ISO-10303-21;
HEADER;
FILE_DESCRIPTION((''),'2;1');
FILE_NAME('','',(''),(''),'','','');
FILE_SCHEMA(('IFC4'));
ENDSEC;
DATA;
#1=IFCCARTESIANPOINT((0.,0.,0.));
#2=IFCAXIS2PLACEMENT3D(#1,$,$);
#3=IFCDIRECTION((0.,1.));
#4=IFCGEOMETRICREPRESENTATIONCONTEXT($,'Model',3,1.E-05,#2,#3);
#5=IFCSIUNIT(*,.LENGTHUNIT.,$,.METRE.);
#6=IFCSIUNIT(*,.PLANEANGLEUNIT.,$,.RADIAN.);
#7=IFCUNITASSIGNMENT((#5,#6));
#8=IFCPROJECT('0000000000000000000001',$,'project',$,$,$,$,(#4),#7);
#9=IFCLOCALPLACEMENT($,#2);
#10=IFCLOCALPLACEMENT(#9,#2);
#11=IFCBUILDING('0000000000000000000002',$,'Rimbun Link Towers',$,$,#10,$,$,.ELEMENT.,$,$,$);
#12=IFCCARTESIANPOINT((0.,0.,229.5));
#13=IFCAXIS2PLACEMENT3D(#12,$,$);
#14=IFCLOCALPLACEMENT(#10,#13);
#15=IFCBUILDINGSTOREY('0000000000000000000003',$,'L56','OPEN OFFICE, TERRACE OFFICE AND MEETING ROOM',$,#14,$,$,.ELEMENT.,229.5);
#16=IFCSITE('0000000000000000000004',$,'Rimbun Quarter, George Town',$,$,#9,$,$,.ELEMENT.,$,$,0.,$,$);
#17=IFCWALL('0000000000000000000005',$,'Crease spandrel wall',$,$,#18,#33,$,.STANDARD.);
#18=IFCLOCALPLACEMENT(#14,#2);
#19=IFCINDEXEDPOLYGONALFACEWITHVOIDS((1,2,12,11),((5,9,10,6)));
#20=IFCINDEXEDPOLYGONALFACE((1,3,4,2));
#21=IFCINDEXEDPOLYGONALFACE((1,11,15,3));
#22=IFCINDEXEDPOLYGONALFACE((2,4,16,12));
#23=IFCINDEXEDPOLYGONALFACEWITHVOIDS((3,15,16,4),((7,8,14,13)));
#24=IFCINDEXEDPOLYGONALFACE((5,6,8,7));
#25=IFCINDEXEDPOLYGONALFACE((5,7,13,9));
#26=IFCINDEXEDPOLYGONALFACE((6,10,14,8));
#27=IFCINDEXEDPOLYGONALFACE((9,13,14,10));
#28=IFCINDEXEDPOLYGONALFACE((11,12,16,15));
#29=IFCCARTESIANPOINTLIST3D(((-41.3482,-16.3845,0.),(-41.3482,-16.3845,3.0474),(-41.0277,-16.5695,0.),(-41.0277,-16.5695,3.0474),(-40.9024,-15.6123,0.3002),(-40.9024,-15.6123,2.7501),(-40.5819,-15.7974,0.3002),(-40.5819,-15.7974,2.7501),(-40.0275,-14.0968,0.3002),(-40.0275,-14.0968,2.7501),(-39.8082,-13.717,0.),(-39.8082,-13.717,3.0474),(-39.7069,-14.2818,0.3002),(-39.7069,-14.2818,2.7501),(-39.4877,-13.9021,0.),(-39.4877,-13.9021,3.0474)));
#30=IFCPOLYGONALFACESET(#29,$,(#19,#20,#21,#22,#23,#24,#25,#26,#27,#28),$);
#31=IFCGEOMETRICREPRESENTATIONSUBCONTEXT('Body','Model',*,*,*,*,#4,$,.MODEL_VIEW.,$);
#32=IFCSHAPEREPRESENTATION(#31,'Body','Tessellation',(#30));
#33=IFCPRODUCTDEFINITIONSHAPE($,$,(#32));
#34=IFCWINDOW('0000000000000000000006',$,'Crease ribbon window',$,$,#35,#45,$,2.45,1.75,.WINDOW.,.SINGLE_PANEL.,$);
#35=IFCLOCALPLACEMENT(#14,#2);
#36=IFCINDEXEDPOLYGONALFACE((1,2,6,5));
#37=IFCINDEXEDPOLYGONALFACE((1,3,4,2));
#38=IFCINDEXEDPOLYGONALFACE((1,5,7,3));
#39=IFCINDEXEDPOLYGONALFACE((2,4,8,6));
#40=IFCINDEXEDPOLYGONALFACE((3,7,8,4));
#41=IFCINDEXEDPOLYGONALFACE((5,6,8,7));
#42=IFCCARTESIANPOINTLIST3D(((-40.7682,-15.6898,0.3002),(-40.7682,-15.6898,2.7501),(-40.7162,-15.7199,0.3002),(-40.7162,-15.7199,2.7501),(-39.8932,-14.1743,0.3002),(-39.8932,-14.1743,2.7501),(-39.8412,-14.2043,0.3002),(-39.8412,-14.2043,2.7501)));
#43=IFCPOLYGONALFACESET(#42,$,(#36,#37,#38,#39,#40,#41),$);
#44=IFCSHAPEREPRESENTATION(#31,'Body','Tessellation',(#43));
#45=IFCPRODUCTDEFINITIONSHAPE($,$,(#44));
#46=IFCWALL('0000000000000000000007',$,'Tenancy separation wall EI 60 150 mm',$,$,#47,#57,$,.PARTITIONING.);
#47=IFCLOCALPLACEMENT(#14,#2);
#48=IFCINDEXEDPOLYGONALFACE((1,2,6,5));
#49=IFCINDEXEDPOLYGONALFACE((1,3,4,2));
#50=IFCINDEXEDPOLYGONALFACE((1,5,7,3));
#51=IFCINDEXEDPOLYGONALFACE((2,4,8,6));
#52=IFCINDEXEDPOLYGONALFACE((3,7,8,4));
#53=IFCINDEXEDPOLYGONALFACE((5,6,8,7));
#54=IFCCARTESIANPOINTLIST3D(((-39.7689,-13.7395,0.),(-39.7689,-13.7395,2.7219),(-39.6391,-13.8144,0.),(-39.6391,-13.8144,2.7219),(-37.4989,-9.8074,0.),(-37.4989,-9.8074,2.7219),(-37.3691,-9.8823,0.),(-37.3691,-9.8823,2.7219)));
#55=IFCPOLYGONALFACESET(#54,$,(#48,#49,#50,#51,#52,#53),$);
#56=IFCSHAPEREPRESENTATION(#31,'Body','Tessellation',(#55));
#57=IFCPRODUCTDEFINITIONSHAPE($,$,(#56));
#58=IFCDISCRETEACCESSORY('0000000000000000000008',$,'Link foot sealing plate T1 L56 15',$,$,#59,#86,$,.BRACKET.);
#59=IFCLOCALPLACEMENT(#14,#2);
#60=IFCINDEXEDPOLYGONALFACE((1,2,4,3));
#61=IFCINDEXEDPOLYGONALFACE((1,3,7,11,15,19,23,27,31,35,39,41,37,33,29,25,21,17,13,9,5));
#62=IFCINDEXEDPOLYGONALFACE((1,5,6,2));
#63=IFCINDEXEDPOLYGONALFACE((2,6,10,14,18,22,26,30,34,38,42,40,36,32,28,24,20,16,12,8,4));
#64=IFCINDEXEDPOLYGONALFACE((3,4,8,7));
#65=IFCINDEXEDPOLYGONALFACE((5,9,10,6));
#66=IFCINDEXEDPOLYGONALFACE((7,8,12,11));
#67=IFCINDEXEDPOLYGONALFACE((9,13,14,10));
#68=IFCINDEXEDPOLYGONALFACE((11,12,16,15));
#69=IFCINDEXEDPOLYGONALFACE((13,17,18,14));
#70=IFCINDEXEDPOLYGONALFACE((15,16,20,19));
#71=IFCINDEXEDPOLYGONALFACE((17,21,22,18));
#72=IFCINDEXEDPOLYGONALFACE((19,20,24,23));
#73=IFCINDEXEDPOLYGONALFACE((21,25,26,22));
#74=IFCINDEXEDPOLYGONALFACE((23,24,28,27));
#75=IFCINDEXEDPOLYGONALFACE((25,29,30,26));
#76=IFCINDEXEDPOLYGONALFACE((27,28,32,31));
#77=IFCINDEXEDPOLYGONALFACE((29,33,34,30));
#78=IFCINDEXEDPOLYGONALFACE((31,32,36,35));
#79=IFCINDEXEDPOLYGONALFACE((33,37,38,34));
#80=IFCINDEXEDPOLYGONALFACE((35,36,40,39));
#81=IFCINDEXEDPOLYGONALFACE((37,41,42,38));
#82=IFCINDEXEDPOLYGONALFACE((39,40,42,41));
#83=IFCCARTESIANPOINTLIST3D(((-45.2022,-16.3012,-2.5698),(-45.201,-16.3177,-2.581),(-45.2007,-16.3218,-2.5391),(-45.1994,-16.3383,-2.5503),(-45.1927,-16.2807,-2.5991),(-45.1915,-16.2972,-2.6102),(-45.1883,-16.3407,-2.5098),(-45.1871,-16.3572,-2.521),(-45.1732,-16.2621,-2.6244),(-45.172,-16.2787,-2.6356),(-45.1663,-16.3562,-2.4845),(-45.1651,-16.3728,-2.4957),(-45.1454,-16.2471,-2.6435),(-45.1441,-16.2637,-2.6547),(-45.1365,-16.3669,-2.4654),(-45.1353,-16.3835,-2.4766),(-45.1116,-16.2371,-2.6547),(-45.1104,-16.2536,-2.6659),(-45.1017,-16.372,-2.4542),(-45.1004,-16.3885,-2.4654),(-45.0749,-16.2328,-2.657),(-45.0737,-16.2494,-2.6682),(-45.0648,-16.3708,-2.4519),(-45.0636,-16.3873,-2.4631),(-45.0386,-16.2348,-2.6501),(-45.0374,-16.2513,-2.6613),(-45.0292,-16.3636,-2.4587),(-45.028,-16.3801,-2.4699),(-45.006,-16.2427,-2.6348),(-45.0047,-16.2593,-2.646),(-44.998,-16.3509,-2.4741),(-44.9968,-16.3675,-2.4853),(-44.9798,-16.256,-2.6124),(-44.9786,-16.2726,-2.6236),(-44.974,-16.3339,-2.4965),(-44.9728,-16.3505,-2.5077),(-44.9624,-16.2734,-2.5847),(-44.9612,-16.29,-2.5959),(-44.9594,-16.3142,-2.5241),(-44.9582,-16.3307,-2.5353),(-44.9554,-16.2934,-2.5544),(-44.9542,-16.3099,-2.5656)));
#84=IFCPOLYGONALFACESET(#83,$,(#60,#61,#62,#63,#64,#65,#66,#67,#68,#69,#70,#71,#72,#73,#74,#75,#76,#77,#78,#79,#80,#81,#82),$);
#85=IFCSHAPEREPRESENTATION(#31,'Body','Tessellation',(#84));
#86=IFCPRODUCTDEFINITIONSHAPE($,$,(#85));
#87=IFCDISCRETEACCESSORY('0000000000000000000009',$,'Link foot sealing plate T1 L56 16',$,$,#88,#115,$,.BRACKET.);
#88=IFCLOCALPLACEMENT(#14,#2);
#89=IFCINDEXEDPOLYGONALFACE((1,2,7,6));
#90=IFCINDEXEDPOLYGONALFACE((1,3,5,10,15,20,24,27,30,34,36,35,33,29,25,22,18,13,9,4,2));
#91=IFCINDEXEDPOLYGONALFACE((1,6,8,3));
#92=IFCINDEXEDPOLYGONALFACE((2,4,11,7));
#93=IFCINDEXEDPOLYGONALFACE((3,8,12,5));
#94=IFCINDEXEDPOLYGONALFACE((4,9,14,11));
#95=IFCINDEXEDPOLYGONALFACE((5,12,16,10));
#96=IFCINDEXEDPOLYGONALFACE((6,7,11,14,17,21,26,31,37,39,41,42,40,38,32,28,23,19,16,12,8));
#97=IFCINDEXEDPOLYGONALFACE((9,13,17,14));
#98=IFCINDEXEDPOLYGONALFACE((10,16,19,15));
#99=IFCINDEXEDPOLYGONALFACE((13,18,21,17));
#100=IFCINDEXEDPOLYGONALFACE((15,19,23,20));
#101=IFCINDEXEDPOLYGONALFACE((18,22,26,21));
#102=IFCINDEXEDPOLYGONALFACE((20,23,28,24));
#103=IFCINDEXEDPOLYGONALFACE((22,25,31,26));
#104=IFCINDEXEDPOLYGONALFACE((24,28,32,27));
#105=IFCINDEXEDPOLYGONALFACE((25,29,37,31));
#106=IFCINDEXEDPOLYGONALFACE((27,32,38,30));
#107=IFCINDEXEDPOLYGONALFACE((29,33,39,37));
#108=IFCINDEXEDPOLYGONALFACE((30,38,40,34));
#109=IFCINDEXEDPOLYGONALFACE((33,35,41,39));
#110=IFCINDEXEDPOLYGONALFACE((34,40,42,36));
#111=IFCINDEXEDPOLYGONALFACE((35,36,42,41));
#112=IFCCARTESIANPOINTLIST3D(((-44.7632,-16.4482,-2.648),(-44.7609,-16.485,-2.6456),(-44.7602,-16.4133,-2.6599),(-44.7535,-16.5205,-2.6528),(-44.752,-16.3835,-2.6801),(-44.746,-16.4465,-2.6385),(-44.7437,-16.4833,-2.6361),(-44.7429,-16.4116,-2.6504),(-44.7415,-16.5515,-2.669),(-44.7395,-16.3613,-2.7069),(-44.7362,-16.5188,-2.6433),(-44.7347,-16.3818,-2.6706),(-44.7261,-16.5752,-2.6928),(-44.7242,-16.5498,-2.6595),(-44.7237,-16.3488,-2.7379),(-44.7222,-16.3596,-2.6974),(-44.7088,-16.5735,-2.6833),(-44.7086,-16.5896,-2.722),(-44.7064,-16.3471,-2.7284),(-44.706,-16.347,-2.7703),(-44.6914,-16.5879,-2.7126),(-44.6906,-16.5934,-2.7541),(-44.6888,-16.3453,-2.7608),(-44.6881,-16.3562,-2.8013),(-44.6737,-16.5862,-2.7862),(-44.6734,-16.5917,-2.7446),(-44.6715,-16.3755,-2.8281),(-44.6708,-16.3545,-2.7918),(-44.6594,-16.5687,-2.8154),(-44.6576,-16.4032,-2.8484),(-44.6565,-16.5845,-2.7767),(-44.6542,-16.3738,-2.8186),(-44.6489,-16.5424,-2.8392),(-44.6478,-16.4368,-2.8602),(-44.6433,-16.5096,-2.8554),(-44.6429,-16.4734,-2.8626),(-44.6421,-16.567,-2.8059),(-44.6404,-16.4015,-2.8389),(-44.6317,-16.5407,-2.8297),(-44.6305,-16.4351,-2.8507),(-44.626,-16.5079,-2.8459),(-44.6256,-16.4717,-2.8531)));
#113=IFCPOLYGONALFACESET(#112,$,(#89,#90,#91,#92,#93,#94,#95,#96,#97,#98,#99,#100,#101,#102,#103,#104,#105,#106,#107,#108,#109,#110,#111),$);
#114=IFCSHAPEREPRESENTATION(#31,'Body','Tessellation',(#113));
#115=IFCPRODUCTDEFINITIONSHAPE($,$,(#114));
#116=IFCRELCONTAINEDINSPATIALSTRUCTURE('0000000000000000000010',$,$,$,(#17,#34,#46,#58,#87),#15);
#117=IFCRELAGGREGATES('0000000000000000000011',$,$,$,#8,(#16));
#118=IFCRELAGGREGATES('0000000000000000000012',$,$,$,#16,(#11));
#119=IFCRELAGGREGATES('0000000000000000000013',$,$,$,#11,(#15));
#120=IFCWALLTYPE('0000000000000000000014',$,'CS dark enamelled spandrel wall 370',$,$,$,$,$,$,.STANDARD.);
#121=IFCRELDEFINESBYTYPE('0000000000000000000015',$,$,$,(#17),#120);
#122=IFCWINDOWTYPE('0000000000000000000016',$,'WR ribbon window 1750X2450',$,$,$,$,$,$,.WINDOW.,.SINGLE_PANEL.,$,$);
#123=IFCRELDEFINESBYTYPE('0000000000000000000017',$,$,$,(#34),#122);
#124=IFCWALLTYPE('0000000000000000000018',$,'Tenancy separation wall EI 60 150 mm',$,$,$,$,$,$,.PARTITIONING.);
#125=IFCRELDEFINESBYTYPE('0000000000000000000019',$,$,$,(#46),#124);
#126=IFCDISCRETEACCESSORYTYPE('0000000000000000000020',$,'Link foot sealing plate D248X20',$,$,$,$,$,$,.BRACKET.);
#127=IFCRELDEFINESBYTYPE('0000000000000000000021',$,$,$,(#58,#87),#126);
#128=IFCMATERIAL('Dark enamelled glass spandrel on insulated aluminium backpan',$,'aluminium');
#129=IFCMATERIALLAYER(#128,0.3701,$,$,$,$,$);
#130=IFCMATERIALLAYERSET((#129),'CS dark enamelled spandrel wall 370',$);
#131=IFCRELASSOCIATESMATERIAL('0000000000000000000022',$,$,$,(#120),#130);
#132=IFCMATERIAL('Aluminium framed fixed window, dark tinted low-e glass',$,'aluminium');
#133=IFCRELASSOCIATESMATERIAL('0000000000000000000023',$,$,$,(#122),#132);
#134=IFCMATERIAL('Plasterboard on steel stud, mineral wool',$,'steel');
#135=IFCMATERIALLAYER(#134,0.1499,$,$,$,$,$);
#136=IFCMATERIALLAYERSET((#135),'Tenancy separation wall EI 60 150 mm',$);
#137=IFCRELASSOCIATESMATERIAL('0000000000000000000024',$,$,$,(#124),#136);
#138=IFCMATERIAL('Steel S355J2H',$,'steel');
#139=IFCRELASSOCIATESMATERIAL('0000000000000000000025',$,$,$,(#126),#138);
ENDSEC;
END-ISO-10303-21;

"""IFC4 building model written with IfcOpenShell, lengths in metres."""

from ifc_helpers import new_model, si_unit, direction, frame, frame_2d, origin, origin_2d, place, context, subcontext, project, spatial, rectangle, circle, extrude, material, layer, layer_set, material_profile, profile_set, type_object, element, fill, save


model = new_model("IFC4")

# Units and contexts
model_context = context("Model", 3, precision=1e-05, world=origin(), true_north=direction((0.0, 1.0)))
body_context = subcontext(model_context, "Body", "Model", "MODEL_VIEW")
ifc_project = project(units=[si_unit("LENGTHUNIT", "METRE"), si_unit("PLANEANGLEUNIT", "RADIAN")], contexts=[model_context])

# Site, building, storey
site_placement = place(None, origin())
site = spatial("IfcSite", under=ifc_project, at=site_placement, Name="Rimbun Quarter, George Town", CompositionType="ELEMENT", RefElevation=0.0)
building_placement = place(site_placement, origin())
building = spatial("IfcBuilding", under=site, at=building_placement, Name="Rimbun Link Towers", CompositionType="ELEMENT")
storey_placement = place(building_placement, frame((0.0, 0.0, 229.5)))
storey = spatial("IfcBuildingStorey", under=building, at=storey_placement, Name="L56", Description="OPEN OFFICE, TERRACE OFFICE AND MEETING ROOM", CompositionType="ELEMENT", Elevation=229.5)

# Wall, opening, window
ifc_material_1 = material(Name="Dark enamelled glass spandrel on insulated aluminium backpan", Category="aluminium")
ifc_layer_1 = layer(ifc_material_1, 0.3701)
ifc_layer_set_1 = layer_set([ifc_layer_1], Name="CS dark enamelled spandrel wall 370")
wall_type_1 = type_object("IfcWallType", Name="CS dark enamelled spandrel wall 370", PredefinedType="STANDARD", material=ifc_layer_set_1)
wall_1_placement = place(storey_placement, frame((-39.6479, -13.8096, 0.0), z_axis=(0.0, 0.0, 1.0), x_axis=(-0.499992, -0.86603, 0.0)))
wall_1 = element("IfcWall", 1, at=wall_1_placement, inside=storey, type_object=wall_type_1, Name="Crease spandrel wall", PredefinedType="STANDARD", context=body_context, shape_type="SweptSolid", body=[
    extrude(rectangle(XDim=3.0801, YDim=0.3701, at=frame_2d((1.54, 0.0))), origin(), (0.0, 0.0, 1.0), 3.0474),
])
opening_1_placement = place(wall_1_placement, frame((0.4385, 0.0, 0.3)))
opening_1 = element("IfcOpeningElement", 2, at=opening_1_placement, cuts=wall_1, PredefinedType="OPENING", context=body_context, shape_type="SweptSolid", body=[
    extrude(rectangle(XDim=1.75, YDim=2.45, at=frame_2d((0.875, 1.2251))), frame((0.0, 0.1951, 0.0), z_axis=(0.0, -1.0, 0.0), x_axis=(1.0, 0.0, 0.0)), (0.0, 0.0, 1.0), 0.3901),
])
ifc_material_2 = material(Name="Aluminium framed fixed window, dark tinted low-e glass", Category="aluminium")
window_type_1 = type_object("IfcWindowType", Name="WR ribbon window 1750X2450", PartitioningType="SINGLE_PANEL", PredefinedType="WINDOW", material=ifc_material_2)
window_1_placement = place(opening_1_placement, origin())
window_1 = element("IfcWindow", 3, at=window_1_placement, inside=storey, type_object=window_type_1, Name="Crease ribbon window", OverallHeight=2.45, OverallWidth=1.75, PartitioningType="SINGLE_PANEL", PredefinedType="WINDOW", context=body_context, shape_type="SweptSolid", body=[
    extrude(rectangle(XDim=1.75, YDim=2.45, at=frame_2d((0.875, 1.2251))), frame((0.0, 0.03, 0.0), z_axis=(0.0, -1.0, 0.0), x_axis=(1.0, 0.0, 0.0)), (0.0, 0.0, 1.0), 0.0601),
])
fill(opening_1, window_1)

# Wall
ifc_material_3 = material(Name="Plasterboard on steel stud, mineral wool", Category="steel")
ifc_layer_2 = layer(ifc_material_3, 0.1499)
ifc_layer_set_2 = layer_set([ifc_layer_2], Name="Tenancy separation wall EI 60 150 mm")
wall_type_2 = type_object("IfcWallType", Name="Tenancy separation wall EI 60 150 mm", PredefinedType="PARTITIONING", material=ifc_layer_set_2)
wall_2_placement = place(storey_placement, frame((-37.4341, -9.845, 0.0), z_axis=(0.0, 0.0, 1.0), x_axis=(-0.499968, -0.866044, 0.0)))
element("IfcWall", 4, at=wall_2_placement, inside=storey, type_object=wall_type_2, Name="Tenancy separation wall EI 60 150 mm", PredefinedType="PARTITIONING", context=body_context, shape_type="SweptSolid", body=[
    extrude(rectangle(XDim=4.5403, YDim=0.1499, at=frame_2d((2.27, 0.0))), origin(), (0.0, 0.0, 1.0), 2.7219),
])

# Discrete accessories
ifc_material_4 = material(Name="Steel S355J2H", Category="steel")
ifc_material_profile_1 = material_profile(ifc_material_4, circle(Radius=0.124, at=origin_2d()), Name="PL D248")
ifc_profile_set_1 = profile_set([ifc_material_profile_1], Name="Steel S355J2H")
discrete_accessory_type = type_object("IfcDiscreteAccessoryType", Name="Link foot sealing plate D248X20", PredefinedType="BRACKET", material=ifc_profile_set_1)
discrete_accessory_1_placement = place(storey_placement, frame((-45.0791, -16.3025, -2.5544), z_axis=(0.060791, -0.826752, -0.559273), x_axis=(0.997308, 0.073331, 0.0)))
element("IfcDiscreteAccessory", 5, at=discrete_accessory_1_placement, inside=storey, type_object=discrete_accessory_type, Name="Link foot sealing plate T1 L56 15", PredefinedType="BRACKET", context=body_context, shape_type="SweptSolid", body=[
    extrude(circle(Radius=0.124, at=origin_2d()), origin(), (0.0, 0.0, 1.0), 0.02),
])
discrete_accessory_2_placement = place(storey_placement, frame((-44.6855, -16.4683, -2.7446), z_axis=(-0.873222, -0.086092, -0.479657), x_axis=(0.098116, -0.995175, 0.0)))
element("IfcDiscreteAccessory", 6, at=discrete_accessory_2_placement, inside=storey, type_object=discrete_accessory_type, Name="Link foot sealing plate T1 L56 16", PredefinedType="BRACKET", context=body_context, shape_type="SweptSolid", body=[
    extrude(circle(Radius=0.124, at=origin_2d()), origin(), (0.0, 0.0, 1.0), 0.0198),
])

save(model, "model.ifc")
